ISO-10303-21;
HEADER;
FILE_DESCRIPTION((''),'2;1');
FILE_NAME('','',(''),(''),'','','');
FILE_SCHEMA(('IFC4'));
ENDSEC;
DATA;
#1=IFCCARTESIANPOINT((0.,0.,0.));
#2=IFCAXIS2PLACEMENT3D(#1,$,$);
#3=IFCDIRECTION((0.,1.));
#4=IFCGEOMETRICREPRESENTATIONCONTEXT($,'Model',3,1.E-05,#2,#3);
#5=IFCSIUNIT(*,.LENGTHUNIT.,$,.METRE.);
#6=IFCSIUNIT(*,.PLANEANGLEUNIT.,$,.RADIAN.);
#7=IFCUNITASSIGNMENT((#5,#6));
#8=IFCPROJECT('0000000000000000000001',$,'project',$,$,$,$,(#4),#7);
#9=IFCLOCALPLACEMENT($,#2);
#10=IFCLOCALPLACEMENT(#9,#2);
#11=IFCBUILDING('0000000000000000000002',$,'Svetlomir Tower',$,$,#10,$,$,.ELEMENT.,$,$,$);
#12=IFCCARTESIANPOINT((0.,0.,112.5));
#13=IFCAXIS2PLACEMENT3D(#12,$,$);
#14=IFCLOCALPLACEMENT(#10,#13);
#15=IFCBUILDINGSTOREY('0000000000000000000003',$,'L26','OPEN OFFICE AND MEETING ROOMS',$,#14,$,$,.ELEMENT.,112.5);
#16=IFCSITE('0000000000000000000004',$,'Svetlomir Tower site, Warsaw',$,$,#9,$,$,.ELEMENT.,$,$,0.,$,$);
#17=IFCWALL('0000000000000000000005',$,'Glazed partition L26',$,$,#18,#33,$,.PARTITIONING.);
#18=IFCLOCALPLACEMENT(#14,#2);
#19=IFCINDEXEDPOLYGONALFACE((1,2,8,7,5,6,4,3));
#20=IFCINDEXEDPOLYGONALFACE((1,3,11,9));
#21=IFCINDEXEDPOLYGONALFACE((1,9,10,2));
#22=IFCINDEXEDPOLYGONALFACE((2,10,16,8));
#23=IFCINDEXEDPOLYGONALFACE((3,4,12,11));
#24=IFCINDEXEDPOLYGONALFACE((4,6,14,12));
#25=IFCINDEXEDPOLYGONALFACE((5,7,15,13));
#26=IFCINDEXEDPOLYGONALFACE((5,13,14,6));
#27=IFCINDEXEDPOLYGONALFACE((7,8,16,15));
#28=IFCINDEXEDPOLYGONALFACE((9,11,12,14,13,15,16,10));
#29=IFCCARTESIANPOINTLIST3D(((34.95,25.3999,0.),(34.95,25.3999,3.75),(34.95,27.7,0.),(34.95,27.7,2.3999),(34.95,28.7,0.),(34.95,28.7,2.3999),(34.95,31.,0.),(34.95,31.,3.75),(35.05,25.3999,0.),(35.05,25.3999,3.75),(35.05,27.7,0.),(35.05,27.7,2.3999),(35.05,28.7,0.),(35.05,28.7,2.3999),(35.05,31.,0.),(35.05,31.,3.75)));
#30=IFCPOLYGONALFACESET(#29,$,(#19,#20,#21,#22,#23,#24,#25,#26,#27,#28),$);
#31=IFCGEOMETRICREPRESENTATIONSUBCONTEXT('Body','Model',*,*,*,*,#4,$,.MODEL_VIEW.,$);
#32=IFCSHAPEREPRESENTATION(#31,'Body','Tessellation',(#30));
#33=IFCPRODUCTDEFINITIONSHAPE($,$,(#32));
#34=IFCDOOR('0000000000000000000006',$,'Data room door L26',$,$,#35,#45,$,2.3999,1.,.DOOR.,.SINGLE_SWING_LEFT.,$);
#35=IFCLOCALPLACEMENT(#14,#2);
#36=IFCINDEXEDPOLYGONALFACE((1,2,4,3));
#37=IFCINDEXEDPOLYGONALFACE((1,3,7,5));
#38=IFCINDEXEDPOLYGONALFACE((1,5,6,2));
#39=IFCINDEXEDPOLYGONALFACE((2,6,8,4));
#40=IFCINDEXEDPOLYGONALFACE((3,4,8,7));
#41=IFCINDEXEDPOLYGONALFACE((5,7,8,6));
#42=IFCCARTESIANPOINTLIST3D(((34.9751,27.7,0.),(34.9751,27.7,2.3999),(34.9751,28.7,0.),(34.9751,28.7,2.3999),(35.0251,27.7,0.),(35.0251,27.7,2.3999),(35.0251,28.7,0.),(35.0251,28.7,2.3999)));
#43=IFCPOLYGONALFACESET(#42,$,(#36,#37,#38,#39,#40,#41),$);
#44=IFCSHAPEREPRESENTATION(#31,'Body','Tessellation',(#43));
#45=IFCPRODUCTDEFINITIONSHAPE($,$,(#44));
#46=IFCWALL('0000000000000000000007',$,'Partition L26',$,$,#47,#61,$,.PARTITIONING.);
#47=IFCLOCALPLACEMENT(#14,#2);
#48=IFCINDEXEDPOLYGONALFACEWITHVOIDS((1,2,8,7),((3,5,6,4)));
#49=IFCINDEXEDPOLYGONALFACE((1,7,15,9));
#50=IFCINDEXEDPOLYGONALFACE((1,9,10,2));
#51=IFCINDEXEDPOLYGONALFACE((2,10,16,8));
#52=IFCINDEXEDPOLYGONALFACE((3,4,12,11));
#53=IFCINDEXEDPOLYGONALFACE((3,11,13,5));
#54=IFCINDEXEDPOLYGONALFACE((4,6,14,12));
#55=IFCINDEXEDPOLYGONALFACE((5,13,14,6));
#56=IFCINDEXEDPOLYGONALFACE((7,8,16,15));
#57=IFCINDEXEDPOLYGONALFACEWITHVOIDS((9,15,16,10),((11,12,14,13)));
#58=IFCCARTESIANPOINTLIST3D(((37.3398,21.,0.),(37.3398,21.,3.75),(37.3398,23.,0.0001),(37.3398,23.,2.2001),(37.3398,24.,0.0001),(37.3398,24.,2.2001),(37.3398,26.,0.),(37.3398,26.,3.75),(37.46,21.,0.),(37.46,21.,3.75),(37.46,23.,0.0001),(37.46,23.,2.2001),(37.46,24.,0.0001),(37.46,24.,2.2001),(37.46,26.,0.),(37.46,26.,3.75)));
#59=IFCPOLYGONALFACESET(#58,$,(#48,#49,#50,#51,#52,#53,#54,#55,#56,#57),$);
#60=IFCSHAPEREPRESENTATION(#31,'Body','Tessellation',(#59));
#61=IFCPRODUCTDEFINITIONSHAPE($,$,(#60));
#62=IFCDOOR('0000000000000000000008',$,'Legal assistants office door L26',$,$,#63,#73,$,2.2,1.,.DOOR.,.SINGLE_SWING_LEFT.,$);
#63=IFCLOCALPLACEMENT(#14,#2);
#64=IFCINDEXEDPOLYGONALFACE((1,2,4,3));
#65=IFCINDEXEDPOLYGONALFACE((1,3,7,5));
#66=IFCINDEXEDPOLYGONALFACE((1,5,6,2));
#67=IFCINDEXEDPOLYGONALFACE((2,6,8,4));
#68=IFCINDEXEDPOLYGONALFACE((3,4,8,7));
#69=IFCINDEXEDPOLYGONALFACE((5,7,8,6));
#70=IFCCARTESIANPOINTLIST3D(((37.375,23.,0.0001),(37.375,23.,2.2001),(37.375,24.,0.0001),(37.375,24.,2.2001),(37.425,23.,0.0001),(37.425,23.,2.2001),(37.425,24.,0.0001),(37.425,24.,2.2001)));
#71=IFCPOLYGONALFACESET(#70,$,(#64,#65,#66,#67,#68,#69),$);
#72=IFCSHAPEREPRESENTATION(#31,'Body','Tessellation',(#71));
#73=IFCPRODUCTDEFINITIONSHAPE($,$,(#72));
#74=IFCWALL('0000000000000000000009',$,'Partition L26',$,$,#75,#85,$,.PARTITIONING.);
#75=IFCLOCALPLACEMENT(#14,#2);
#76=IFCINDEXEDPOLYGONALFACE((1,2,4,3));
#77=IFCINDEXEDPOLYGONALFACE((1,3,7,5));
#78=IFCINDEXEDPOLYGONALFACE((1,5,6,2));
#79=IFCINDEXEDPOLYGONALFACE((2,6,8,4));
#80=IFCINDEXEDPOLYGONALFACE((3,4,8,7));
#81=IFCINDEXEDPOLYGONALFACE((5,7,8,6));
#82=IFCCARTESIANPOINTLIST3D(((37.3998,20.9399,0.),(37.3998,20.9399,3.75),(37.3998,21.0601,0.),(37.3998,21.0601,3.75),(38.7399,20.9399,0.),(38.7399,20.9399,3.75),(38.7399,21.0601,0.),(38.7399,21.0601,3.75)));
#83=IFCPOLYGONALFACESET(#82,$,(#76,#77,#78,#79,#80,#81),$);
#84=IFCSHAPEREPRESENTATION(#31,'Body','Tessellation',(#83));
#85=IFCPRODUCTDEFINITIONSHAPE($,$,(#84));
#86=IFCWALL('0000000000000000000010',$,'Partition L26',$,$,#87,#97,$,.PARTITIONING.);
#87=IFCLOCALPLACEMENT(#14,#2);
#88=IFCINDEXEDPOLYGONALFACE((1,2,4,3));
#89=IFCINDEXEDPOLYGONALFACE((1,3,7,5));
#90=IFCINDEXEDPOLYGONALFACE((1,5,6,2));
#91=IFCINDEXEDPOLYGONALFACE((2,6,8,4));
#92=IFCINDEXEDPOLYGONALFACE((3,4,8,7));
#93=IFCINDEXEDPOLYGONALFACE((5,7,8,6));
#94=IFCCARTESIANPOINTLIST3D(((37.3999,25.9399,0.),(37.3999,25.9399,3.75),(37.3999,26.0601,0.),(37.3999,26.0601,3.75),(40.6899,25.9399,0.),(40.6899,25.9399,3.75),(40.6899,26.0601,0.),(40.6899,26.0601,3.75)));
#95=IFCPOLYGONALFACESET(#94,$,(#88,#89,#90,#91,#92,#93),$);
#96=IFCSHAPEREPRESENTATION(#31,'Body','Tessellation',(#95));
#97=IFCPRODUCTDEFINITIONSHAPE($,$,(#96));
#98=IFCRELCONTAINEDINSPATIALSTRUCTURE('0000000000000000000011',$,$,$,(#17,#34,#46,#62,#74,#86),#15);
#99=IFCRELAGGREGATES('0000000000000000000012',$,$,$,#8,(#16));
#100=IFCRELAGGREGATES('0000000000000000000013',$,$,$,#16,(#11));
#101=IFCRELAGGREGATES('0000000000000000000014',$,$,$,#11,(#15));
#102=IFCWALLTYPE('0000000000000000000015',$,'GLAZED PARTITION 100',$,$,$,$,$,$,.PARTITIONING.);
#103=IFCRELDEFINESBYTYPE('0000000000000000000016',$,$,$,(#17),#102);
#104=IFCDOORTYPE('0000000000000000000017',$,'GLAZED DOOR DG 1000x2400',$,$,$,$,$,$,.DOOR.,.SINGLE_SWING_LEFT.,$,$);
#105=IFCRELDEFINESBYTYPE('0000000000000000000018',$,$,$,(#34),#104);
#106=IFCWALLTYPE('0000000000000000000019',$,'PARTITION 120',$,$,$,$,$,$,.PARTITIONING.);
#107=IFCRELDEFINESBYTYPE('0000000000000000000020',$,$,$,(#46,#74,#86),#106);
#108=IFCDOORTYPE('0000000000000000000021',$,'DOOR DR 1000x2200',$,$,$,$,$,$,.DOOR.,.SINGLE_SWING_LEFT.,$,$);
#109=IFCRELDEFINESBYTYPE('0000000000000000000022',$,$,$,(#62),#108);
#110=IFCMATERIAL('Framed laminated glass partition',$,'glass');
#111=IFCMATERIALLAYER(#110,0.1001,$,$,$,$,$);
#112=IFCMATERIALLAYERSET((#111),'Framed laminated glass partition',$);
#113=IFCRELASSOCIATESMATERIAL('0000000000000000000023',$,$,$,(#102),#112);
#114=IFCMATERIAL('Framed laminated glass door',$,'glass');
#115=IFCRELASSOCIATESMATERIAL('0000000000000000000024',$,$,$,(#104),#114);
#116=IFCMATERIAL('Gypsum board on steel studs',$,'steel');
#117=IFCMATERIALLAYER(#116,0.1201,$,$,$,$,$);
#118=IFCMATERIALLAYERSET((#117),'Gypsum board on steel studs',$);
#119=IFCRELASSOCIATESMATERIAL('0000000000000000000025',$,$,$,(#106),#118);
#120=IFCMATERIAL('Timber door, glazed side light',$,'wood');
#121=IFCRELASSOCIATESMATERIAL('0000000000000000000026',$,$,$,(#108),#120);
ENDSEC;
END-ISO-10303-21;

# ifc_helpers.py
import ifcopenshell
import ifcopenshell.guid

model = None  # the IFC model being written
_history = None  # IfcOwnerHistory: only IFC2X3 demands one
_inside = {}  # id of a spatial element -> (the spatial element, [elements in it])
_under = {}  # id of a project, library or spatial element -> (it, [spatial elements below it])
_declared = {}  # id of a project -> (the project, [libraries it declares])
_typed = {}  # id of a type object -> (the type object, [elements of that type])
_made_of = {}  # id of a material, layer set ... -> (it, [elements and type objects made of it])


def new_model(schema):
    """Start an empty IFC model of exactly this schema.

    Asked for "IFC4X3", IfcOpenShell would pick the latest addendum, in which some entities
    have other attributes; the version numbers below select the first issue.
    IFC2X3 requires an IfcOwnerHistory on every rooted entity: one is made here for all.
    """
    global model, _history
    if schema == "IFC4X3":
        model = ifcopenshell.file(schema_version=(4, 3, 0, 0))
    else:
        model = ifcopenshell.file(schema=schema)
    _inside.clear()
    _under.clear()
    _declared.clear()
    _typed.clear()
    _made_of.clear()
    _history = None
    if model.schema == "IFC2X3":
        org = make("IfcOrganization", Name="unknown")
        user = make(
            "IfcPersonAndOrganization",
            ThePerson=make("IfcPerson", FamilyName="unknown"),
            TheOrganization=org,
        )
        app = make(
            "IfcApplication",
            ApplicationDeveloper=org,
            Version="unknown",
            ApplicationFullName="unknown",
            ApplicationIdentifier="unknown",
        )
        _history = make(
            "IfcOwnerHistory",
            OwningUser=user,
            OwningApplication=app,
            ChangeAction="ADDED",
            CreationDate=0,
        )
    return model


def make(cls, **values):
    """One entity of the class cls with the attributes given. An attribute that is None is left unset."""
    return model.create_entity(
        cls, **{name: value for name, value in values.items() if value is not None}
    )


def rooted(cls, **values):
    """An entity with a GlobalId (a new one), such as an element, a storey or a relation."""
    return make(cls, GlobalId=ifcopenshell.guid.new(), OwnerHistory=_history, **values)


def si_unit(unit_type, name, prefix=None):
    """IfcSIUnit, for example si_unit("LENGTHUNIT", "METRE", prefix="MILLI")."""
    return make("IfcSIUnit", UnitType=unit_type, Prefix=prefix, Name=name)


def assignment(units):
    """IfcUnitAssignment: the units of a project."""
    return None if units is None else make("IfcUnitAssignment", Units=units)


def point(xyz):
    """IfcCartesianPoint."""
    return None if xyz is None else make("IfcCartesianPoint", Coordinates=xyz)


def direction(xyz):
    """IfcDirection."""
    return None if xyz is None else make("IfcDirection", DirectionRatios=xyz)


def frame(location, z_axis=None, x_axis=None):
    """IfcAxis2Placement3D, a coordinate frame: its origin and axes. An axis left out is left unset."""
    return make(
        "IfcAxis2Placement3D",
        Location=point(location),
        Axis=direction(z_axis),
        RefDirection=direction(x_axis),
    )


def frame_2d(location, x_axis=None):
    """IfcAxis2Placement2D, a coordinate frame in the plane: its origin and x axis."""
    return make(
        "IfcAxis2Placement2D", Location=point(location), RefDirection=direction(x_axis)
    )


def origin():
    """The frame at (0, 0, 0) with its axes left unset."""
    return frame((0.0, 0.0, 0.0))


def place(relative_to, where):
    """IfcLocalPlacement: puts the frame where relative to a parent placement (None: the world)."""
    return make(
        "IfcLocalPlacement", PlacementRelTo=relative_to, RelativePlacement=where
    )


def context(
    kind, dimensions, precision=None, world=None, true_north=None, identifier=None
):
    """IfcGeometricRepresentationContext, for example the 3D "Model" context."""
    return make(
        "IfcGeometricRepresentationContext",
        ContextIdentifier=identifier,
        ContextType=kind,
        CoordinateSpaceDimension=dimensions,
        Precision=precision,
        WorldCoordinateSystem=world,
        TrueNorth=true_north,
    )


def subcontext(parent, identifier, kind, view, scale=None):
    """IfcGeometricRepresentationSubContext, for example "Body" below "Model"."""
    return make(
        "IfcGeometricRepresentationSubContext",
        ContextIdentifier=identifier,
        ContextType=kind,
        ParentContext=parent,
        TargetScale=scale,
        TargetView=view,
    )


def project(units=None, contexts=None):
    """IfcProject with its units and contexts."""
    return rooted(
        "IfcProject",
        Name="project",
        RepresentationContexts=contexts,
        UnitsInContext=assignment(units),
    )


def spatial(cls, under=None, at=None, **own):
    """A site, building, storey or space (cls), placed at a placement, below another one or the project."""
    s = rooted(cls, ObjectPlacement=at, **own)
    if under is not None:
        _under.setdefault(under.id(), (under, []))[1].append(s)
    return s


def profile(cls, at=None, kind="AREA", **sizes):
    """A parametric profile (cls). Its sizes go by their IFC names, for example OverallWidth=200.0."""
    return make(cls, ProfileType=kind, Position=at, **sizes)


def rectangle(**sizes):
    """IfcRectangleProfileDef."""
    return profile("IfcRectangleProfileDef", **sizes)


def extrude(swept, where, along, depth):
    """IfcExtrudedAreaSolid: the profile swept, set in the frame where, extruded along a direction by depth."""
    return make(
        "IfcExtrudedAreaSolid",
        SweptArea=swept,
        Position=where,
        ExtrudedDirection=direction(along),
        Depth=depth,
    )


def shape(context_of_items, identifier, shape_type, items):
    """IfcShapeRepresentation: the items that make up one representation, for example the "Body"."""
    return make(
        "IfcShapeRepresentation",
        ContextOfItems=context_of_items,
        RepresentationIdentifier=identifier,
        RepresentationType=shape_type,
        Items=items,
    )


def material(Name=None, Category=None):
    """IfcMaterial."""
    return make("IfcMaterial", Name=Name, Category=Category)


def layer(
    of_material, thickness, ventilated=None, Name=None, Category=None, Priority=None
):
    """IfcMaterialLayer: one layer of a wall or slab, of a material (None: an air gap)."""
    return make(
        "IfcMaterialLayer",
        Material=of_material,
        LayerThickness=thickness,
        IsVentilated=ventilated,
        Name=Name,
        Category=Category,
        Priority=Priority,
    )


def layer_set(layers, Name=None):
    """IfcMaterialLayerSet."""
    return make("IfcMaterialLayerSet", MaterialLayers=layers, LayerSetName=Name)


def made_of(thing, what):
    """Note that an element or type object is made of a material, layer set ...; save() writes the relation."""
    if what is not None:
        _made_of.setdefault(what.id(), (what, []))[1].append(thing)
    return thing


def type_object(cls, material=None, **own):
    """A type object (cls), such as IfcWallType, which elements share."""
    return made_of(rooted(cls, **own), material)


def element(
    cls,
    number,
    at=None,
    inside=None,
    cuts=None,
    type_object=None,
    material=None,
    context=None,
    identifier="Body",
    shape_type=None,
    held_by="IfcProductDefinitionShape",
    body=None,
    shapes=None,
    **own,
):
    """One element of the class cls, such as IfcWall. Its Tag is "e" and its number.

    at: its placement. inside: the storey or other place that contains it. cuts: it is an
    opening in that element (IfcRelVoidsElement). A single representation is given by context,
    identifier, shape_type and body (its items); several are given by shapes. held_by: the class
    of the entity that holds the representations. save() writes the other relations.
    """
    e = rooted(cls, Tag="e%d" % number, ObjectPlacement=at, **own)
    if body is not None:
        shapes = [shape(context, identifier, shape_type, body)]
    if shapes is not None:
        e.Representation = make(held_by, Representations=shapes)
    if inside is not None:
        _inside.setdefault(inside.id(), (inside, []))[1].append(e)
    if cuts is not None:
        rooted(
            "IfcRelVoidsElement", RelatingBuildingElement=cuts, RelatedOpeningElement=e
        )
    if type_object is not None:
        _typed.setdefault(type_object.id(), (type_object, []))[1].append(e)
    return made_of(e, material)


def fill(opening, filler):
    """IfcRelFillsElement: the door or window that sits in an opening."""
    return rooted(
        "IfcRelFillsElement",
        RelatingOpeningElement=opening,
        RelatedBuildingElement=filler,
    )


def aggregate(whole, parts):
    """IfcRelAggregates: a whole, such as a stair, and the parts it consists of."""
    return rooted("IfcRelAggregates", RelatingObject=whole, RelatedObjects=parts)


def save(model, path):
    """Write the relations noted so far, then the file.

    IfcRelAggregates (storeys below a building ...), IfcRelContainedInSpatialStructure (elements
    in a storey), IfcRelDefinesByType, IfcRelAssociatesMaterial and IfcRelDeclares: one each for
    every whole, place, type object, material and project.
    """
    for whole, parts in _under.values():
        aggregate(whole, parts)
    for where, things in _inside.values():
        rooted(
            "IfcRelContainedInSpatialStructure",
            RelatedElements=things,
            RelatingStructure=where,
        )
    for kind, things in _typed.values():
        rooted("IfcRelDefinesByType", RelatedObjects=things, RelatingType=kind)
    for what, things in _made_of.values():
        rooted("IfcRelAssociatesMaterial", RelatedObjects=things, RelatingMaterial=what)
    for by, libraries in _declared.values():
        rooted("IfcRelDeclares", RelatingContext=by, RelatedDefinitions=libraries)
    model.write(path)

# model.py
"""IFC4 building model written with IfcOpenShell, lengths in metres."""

from ifc_helpers import new_model, si_unit, direction, frame, frame_2d, origin, place, context, subcontext, project, spatial, rectangle, extrude, material, layer, layer_set, type_object, element, fill, save


model = new_model("IFC4")

# Units and contexts
model_context = context("Model", 3, precision=1e-05, world=origin(), true_north=direction((0.0, 1.0)))
body_context = subcontext(model_context, "Body", "Model", "MODEL_VIEW")
ifc_project = project(units=[si_unit("LENGTHUNIT", "METRE"), si_unit("PLANEANGLEUNIT", "RADIAN")], contexts=[model_context])

# Site, building, storey
site_placement = place(None, origin())
site = spatial("IfcSite", under=ifc_project, at=site_placement, Name="Svetlomir Tower site, Warsaw", CompositionType="ELEMENT", RefElevation=0.0)
building_placement = place(site_placement, origin())
building = spatial("IfcBuilding", under=site, at=building_placement, Name="Svetlomir Tower", CompositionType="ELEMENT")
storey_placement = place(building_placement, frame((0.0, 0.0, 112.5)))
storey = spatial("IfcBuildingStorey", under=building, at=storey_placement, Name="L26", Description="OPEN OFFICE AND MEETING ROOMS", CompositionType="ELEMENT", Elevation=112.5)

# Walls, openings, doors
ifc_material_1 = material(Name="Framed laminated glass partition", Category="glass")
ifc_layer_1 = layer(ifc_material_1, 0.1001)
ifc_layer_set_1 = layer_set([ifc_layer_1], Name="Framed laminated glass partition")
wall_type_1 = type_object("IfcWallType", Name="GLAZED PARTITION 100", PredefinedType="PARTITIONING", material=ifc_layer_set_1)
wall_1_placement = place(storey_placement, frame((35.0, 25.3999, 0.0), z_axis=(0.0, 0.0, 1.0), x_axis=(0.0, 1.0, 0.0)))
wall_1 = element("IfcWall", 1, at=wall_1_placement, inside=storey, type_object=wall_type_1, Name="Glazed partition L26", PredefinedType="PARTITIONING", context=body_context, shape_type="SweptSolid", body=[
    extrude(rectangle(XDim=5.6001, YDim=0.1001, at=frame_2d((2.8, 0.0))), origin(), (0.0, 0.0, 1.0), 3.75),
])
opening_1_placement = place(wall_1_placement, frame((2.3, 0.0, 0.0)))
opening_1 = element("IfcOpeningElement", 2, at=opening_1_placement, cuts=wall_1, PredefinedType="OPENING", context=body_context, shape_type="SweptSolid", body=[
    extrude(rectangle(XDim=1.0, YDim=2.3999, at=frame_2d((0.5, 1.2))), frame((0.0, 0.0601, 0.0), z_axis=(0.0, -1.0, 0.0), x_axis=(1.0, 0.0, 0.0)), (0.0, 0.0, 1.0), 0.1201),
])
ifc_material_2 = material(Name="Framed laminated glass door", Category="glass")
door_type_1 = type_object("IfcDoorType", Name="GLAZED DOOR DG 1000x2400", OperationType="SINGLE_SWING_LEFT", PredefinedType="DOOR", material=ifc_material_2)
door_1_placement = place(opening_1_placement, origin())
door_1 = element("IfcDoor", 3, at=door_1_placement, inside=storey, type_object=door_type_1, Name="Data room door L26", OperationType="SINGLE_SWING_LEFT", OverallHeight=2.3999, OverallWidth=1.0, PredefinedType="DOOR", context=body_context, shape_type="SweptSolid", body=[
    extrude(rectangle(XDim=1.0, YDim=2.3999, at=frame_2d((0.5, 1.2))), frame((0.0, 0.0249, 0.0), z_axis=(0.0, -1.0, 0.0), x_axis=(1.0, 0.0, 0.0)), (0.0, 0.0, 1.0), 0.05),
])
fill(opening_1, door_1)
ifc_material_3 = material(Name="Gypsum board on steel studs", Category="steel")
ifc_layer_2 = layer(ifc_material_3, 0.1201)
ifc_layer_set_2 = layer_set([ifc_layer_2], Name="Gypsum board on steel studs")
wall_type_2 = type_object("IfcWallType", Name="PARTITION 120", PredefinedType="PARTITIONING", material=ifc_layer_set_2)
wall_2_placement = place(storey_placement, frame((37.3999, 21.0, 0.0), z_axis=(0.0, 0.0, 1.0), x_axis=(0.0, 1.0, 0.0)))
wall_2 = element("IfcWall", 4, at=wall_2_placement, inside=storey, type_object=wall_type_2, Name="Partition L26", PredefinedType="PARTITIONING", context=body_context, shape_type="SweptSolid", body=[
    extrude(rectangle(XDim=5.0, YDim=0.1201, at=frame_2d((2.5, 0.0))), origin(), (0.0, 0.0, 1.0), 3.75),
])
opening_2_placement = place(wall_2_placement, frame((2.0, 0.0, 0.0)))
opening_2 = element("IfcOpeningElement", 5, at=opening_2_placement, cuts=wall_2, PredefinedType="OPENING", context=body_context, shape_type="SweptSolid", body=[
    extrude(rectangle(XDim=1.0, YDim=2.2, at=frame_2d((0.5, 1.1001))), frame((0.0, 0.0701, 0.0), z_axis=(0.0, -1.0, 0.0), x_axis=(1.0, 0.0, 0.0)), (0.0, 0.0, 1.0), 0.1401),
])
ifc_material_4 = material(Name="Timber door, glazed side light", Category="wood")
door_type_2 = type_object("IfcDoorType", Name="DOOR DR 1000x2200", OperationType="SINGLE_SWING_LEFT", PredefinedType="DOOR", material=ifc_material_4)
door_2_placement = place(opening_2_placement, origin())
door_2 = element("IfcDoor", 6, at=door_2_placement, inside=storey, type_object=door_type_2, Name="Legal assistants office door L26", OperationType="SINGLE_SWING_LEFT", OverallHeight=2.2, OverallWidth=1.0, PredefinedType="DOOR", context=body_context, shape_type="SweptSolid", body=[
    extrude(rectangle(XDim=1.0, YDim=2.2, at=frame_2d((0.5, 1.1001))), frame((0.0, 0.0249, 0.0), z_axis=(0.0, -1.0, 0.0), x_axis=(1.0, 0.0, 0.0)), (0.0, 0.0, 1.0), 0.05),
])
fill(opening_2, door_2)

# Walls
wall_3_placement = place(storey_placement, frame((37.3999, 21.0, 0.0), z_axis=(0.0, 0.0, 1.0), x_axis=(1.0, 0.0, 0.0)))
element("IfcWall", 7, at=wall_3_placement, inside=storey, type_object=wall_type_2, Name="Partition L26", PredefinedType="PARTITIONING", context=body_context, shape_type="SweptSolid", body=[
    extrude(rectangle(XDim=1.3401, YDim=0.1201, at=frame_2d((0.6699, 0.0))), origin(), (0.0, 0.0, 1.0), 3.75),
])
wall_4_placement = place(storey_placement, frame((37.3999, 26.0, 0.0), z_axis=(0.0, 0.0, 1.0), x_axis=(1.0, 0.0, 0.0)))
element("IfcWall", 8, at=wall_4_placement, inside=storey, type_object=wall_type_2, Name="Partition L26", PredefinedType="PARTITIONING", context=body_context, shape_type="SweptSolid", body=[
    extrude(rectangle(XDim=3.29, YDim=0.1201, at=frame_2d((1.645, 0.0))), origin(), (0.0, 0.0, 1.0), 3.75),
])

save(model, "model.ifc")
